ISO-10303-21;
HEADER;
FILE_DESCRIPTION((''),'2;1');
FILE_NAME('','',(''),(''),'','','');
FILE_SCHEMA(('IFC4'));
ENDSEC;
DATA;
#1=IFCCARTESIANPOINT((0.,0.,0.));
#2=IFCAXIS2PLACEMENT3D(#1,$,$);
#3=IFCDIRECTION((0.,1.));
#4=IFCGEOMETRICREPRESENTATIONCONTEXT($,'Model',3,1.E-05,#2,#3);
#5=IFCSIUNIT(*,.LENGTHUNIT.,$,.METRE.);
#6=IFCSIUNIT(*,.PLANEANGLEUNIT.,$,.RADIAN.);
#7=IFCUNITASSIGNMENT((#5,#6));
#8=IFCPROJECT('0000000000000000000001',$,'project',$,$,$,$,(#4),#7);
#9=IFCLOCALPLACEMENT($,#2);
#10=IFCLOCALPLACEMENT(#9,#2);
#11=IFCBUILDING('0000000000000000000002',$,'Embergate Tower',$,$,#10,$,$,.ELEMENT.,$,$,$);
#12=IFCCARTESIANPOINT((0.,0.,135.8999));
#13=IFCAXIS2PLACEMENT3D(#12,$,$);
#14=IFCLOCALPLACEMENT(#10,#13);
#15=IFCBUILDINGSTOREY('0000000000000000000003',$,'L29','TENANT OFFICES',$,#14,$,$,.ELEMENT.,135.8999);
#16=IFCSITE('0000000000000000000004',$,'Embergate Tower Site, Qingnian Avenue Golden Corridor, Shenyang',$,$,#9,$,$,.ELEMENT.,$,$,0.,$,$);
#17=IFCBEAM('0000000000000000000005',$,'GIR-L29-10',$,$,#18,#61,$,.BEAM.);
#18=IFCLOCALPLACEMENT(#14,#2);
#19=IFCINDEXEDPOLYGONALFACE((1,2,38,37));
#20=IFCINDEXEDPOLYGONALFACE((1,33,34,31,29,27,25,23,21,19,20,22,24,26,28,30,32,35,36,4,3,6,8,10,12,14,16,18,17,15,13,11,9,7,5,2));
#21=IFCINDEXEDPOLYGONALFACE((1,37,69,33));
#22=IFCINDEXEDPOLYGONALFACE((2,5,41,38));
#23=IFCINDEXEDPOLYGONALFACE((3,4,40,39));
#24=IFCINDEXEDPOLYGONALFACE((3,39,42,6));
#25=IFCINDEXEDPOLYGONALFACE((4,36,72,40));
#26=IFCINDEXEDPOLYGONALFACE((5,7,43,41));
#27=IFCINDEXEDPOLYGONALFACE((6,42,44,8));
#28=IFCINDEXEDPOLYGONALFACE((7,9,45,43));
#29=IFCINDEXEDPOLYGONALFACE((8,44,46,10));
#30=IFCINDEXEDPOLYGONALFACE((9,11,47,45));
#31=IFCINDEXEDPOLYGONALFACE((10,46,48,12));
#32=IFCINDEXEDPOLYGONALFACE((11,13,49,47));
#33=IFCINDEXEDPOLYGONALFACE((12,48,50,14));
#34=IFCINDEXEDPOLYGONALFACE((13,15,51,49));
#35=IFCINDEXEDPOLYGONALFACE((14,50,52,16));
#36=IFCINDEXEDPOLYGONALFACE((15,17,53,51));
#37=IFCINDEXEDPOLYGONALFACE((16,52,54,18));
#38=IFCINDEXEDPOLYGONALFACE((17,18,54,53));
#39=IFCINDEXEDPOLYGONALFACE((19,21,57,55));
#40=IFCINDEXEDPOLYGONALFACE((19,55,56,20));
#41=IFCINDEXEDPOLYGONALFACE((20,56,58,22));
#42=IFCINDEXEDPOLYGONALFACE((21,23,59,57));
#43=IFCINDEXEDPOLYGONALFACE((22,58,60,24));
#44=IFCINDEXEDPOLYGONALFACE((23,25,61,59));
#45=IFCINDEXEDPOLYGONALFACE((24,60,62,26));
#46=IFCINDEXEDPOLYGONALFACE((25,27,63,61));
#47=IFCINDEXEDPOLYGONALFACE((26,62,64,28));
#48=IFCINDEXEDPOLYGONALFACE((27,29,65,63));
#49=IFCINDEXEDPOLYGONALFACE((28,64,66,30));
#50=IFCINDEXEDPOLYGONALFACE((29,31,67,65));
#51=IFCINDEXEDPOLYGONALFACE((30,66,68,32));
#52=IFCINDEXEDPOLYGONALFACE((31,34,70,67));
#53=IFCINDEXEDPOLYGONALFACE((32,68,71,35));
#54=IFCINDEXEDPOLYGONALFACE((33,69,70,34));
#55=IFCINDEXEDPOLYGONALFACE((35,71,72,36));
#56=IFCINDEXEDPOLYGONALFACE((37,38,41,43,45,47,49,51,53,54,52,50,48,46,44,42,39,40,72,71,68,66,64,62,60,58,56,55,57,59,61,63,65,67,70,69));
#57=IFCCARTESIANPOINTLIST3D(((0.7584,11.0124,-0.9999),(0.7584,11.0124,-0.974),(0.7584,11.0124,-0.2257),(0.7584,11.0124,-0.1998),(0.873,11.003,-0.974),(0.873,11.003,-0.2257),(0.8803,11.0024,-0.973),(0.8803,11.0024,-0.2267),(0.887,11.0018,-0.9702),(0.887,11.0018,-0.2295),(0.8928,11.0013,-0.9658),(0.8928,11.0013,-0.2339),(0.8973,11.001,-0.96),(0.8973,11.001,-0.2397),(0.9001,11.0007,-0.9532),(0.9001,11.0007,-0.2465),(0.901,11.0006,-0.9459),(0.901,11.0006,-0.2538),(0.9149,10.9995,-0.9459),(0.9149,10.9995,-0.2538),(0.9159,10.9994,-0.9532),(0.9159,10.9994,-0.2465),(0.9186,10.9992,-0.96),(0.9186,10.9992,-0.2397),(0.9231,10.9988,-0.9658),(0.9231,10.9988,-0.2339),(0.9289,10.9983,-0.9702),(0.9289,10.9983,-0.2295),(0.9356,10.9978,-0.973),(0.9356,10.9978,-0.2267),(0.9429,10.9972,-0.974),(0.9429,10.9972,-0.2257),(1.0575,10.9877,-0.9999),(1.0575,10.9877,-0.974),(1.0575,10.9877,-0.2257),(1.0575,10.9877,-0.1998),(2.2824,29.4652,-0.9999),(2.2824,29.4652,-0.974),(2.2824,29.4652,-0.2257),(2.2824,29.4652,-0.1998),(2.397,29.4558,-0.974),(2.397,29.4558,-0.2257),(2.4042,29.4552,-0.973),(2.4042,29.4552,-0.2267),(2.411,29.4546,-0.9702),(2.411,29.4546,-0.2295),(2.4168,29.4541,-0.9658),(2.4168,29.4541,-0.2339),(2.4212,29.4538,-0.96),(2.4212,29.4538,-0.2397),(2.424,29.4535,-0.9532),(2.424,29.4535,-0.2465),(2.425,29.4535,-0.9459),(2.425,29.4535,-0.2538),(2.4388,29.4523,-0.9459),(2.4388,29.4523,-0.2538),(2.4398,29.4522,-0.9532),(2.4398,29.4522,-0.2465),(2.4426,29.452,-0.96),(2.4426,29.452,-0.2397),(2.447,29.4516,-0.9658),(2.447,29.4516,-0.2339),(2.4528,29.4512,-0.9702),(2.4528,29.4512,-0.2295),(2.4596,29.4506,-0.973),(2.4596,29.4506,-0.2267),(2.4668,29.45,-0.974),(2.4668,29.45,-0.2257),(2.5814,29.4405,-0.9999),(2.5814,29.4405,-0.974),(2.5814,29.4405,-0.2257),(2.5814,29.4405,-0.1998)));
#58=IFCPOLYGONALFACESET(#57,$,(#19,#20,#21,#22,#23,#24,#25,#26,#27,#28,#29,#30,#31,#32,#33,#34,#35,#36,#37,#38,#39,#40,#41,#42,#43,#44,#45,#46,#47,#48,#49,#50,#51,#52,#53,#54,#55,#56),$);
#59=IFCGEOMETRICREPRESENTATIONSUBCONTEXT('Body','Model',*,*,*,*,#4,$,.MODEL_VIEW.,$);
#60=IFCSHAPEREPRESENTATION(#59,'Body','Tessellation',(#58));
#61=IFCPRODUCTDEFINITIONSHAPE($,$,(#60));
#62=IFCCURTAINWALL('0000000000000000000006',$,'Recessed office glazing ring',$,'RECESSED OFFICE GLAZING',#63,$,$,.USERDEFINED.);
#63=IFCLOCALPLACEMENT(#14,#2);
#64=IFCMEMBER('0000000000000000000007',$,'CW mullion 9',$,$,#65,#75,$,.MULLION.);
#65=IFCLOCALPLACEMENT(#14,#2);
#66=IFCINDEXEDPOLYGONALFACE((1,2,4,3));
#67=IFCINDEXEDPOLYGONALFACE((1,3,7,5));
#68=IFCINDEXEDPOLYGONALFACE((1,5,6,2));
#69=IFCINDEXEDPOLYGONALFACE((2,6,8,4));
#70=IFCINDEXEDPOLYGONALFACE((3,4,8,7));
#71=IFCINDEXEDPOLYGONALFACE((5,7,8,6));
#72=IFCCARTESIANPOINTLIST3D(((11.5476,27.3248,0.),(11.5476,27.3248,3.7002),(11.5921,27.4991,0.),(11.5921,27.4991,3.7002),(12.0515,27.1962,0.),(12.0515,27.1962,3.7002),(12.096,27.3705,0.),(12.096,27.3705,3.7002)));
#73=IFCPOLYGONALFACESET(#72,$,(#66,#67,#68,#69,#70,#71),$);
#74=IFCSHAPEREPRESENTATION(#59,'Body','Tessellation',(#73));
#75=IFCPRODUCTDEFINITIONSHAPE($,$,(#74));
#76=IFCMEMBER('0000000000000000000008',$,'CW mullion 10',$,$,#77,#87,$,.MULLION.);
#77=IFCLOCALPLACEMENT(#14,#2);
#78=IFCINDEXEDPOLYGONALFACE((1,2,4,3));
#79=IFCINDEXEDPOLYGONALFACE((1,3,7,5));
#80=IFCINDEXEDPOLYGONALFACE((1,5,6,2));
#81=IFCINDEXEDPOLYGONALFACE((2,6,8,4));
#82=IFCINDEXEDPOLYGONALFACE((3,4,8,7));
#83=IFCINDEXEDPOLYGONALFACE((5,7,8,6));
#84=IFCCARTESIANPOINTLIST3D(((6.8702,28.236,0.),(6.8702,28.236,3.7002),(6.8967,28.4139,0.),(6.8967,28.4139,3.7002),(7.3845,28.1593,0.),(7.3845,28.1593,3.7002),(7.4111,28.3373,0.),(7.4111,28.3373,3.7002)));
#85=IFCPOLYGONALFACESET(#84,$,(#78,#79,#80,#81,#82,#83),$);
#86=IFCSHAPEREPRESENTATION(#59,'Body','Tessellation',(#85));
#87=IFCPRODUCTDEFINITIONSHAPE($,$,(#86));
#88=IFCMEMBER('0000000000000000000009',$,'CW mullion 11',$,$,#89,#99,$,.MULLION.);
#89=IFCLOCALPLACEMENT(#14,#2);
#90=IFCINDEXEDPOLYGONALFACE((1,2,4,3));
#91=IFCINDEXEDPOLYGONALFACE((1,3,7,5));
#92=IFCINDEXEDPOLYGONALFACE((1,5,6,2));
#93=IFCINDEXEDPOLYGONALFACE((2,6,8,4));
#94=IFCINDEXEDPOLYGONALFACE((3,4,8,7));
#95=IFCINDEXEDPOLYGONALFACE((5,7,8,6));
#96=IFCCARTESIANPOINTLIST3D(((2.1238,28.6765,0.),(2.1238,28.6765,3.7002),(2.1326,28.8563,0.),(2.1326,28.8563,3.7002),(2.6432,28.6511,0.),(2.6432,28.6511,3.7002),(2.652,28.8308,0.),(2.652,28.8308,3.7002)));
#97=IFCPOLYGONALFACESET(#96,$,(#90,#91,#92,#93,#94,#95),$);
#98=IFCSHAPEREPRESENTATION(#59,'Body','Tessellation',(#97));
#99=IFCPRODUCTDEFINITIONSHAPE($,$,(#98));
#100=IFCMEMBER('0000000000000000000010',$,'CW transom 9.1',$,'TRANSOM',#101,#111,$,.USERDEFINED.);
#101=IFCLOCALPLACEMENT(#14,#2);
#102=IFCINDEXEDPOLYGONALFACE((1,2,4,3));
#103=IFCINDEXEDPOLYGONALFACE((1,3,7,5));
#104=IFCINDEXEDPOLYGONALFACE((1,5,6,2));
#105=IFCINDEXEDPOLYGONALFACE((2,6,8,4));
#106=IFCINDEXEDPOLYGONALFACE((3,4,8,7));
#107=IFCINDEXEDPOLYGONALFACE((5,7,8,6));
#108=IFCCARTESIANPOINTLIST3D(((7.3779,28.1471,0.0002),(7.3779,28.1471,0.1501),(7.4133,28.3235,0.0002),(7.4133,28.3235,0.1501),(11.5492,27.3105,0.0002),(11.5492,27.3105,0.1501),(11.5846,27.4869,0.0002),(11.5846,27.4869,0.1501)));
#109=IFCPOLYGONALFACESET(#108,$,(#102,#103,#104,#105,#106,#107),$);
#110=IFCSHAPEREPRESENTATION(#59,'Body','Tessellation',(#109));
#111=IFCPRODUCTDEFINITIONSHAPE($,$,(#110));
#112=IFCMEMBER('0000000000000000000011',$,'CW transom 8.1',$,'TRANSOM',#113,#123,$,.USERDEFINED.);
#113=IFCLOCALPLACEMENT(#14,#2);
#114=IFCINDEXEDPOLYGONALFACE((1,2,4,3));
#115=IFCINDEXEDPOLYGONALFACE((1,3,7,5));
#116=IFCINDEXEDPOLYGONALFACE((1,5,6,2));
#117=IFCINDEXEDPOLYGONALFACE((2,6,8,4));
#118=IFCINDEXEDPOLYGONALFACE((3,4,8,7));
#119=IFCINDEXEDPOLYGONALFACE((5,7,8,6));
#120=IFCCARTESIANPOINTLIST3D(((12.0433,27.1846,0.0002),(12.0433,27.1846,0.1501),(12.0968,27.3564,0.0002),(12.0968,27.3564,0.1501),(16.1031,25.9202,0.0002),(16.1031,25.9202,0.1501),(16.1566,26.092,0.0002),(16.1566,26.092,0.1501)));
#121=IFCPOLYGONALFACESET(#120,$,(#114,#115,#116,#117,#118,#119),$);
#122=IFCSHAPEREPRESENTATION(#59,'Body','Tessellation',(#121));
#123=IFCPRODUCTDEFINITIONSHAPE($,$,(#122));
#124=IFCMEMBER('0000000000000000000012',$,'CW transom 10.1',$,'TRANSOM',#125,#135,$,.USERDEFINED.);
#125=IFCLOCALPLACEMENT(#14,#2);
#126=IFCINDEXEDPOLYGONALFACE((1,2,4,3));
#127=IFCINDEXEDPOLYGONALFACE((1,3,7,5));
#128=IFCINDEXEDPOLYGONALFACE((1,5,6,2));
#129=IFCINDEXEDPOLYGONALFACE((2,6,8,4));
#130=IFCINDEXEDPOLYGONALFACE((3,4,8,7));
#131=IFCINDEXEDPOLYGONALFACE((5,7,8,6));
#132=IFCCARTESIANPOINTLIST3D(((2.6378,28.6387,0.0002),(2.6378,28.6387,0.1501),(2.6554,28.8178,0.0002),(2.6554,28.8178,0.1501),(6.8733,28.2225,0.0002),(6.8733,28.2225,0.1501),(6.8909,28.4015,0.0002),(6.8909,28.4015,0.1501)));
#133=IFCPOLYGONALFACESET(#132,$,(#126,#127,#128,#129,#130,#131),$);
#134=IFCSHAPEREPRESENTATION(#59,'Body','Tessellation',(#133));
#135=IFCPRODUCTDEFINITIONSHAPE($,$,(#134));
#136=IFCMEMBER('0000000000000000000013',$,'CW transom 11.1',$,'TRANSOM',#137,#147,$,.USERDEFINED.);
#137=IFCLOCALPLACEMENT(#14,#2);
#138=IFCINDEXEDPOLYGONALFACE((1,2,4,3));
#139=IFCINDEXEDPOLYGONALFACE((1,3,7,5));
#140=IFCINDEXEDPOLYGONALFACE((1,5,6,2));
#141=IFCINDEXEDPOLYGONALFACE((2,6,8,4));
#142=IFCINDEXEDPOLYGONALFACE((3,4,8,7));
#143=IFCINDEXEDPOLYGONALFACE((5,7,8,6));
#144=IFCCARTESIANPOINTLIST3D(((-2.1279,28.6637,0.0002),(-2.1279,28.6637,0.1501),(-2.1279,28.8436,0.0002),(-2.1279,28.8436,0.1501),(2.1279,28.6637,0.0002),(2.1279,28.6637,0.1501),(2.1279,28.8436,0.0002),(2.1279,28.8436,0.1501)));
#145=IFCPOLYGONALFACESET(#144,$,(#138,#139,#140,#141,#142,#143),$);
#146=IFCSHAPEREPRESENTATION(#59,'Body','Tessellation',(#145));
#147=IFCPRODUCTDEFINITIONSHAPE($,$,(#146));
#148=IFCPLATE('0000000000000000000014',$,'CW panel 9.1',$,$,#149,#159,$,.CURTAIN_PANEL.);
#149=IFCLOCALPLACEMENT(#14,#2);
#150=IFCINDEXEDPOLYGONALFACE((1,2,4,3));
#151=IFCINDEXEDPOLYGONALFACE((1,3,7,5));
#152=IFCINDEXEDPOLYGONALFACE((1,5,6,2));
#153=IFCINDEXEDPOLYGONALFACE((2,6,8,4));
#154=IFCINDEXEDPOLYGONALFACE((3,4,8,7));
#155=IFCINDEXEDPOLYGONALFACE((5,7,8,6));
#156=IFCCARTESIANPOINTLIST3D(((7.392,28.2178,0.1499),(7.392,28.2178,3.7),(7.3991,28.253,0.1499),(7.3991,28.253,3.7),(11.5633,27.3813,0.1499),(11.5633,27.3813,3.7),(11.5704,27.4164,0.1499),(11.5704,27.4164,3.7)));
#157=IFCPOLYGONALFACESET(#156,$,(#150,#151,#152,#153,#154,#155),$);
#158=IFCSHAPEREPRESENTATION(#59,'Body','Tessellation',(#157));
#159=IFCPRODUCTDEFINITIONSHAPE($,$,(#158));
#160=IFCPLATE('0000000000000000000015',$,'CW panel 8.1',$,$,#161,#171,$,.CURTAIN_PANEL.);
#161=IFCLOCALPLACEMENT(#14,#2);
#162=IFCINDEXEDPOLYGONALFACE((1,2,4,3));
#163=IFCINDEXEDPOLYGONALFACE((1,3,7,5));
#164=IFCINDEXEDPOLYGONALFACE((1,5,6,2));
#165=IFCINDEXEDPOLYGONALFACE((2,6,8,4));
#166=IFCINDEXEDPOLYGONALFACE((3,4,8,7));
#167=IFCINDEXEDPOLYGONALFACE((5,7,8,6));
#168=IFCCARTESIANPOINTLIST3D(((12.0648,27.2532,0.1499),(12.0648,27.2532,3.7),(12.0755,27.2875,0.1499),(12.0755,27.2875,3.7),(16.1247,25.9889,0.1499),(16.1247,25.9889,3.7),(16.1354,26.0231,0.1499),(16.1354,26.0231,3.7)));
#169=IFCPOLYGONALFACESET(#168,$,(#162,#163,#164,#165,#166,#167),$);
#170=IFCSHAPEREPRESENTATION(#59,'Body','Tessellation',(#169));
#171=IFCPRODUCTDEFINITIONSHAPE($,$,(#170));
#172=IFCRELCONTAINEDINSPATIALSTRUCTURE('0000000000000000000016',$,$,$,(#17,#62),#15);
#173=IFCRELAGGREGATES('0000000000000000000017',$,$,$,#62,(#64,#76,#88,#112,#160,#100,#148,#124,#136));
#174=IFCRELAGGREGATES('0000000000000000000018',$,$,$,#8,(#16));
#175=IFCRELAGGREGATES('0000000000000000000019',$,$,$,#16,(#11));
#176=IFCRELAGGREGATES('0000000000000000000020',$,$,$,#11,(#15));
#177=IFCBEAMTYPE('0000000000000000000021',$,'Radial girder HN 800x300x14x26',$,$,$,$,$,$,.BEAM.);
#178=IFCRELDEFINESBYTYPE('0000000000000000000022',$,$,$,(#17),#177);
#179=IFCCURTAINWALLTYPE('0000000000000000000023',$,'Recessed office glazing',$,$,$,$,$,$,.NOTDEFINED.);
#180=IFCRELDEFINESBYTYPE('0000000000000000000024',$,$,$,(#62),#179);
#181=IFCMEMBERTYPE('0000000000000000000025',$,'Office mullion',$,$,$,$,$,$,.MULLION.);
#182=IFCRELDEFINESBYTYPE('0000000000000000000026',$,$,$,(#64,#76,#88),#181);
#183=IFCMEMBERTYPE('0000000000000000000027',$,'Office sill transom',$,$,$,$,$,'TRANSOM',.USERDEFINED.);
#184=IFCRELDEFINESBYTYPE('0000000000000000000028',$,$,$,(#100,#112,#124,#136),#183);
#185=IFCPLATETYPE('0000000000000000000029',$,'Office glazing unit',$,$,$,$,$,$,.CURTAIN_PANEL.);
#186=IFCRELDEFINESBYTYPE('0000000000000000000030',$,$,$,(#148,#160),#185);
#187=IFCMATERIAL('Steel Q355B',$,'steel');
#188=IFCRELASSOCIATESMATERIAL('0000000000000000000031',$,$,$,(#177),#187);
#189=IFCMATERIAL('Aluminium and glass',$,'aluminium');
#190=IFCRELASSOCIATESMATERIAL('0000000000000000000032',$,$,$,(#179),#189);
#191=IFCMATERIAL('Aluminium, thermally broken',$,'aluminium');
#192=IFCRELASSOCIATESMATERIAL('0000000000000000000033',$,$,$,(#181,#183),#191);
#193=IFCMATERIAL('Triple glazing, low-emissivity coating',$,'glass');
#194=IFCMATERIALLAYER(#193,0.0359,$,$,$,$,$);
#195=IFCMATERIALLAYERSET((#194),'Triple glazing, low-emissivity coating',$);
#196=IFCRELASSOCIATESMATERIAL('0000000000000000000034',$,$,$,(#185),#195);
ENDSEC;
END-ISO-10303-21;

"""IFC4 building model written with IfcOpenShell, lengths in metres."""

from ifc_helpers import new_model, si_unit, direction, frame, origin, origin_2d, place, context, subcontext, project, spatial, rectangle, i_section, extrude, source, transform, mapped, material, layer, layer_set, material_profile, profile_set, type_object, element, aggregate, save


model = new_model("IFC4")

# Units and contexts
model_context = context("Model", 3, precision=1e-05, world=origin(), true_north=direction((0.0, 1.0)))
body_context = subcontext(model_context, "Body", "Model", "MODEL_VIEW")
ifc_project = project(units=[si_unit("LENGTHUNIT", "METRE"), si_unit("PLANEANGLEUNIT", "RADIAN")], contexts=[model_context])

# Site, building, storey
site_placement = place(None, origin())
site = spatial("IfcSite", under=ifc_project, at=site_placement, Name="Embergate Tower Site, Qingnian Avenue Golden Corridor, Shenyang", CompositionType="ELEMENT", RefElevation=0.0)
building_placement = place(site_placement, origin())
building = spatial("IfcBuilding", under=site, at=building_placement, Name="Embergate Tower", CompositionType="ELEMENT")
storey_placement = place(building_placement, frame((0.0, 0.0, 135.8999)))
storey = spatial("IfcBuildingStorey", under=building, at=storey_placement, Name="L29", Description="TENANT OFFICES", CompositionType="ELEMENT", Elevation=135.8999)

# Beam
ifc_material_1 = material(Name="Steel Q355B", Category="steel")
ifc_material_profile_1 = material_profile(ifc_material_1, i_section(OverallWidth=0.3, OverallDepth=0.8, WebThickness=0.0139, FlangeThickness=0.0259, FilletRadius=0.0281, at=origin_2d()), Name="HN 800x300x14x26")
ifc_profile_set_1 = profile_set([ifc_material_profile_1], Name="Steel Q355 grade B")
beam_type_1 = type_object("IfcBeamType", Name="Radial girder HN 800x300x14x26", PredefinedType="BEAM", material=ifc_profile_set_1)
shared_shape_1 = source(origin(), body_context, "Body", "SweptSolid", [
    extrude(i_section(OverallWidth=0.3, OverallDepth=0.8, WebThickness=0.0139, FlangeThickness=0.0259, FilletRadius=0.0281, at=origin_2d()), origin(), (0.0, 0.0, 1.0), 18.5156),
])
beam_1_placement = place(storey_placement, frame((2.4319, 29.4529, -0.5999), z_axis=(-0.082305, -0.996607, 0.0), x_axis=(0.996607, -0.082305, 0.0)))
element("IfcBeam", 1, at=beam_1_placement, inside=storey, type_object=beam_type_1, Name="GIR-L29-10", PredefinedType="BEAM", context=body_context, shape_type="MappedRepresentation", body=[
    mapped(shared_shape_1, transform((0.0, 0.0, 0.0))),
])

# Curtain wall, members, plates
ifc_material_2 = material(Name="Aluminium and glass", Category="aluminium")
curtain_wall_type = type_object("IfcCurtainWallType", Name="Recessed office glazing", PredefinedType="NOTDEFINED", material=ifc_material_2)
curtain_wall_placement = place(storey_placement, origin())
curtain_wall = element("IfcCurtainWall", 2, at=curtain_wall_placement, inside=storey, type_object=curtain_wall_type, Name="Recessed office glazing ring", ObjectType="RECESSED OFFICE GLAZING", PredefinedType="USERDEFINED")
ifc_material_3 = material(Name="Aluminium, thermally broken", Category="aluminium")
ifc_material_profile_2 = material_profile(ifc_material_3, rectangle(XDim=0.1799, YDim=0.52, at=origin_2d()), Name="AL 520x180")
ifc_profile_set_2 = profile_set([ifc_material_profile_2], Name="Aluminium, thermally broken")
member_type_1 = type_object("IfcMemberType", Name="Office mullion", PredefinedType="MULLION", material=ifc_profile_set_2)
shared_shape_2 = source(origin(), body_context, "Body", "SweptSolid", [
    extrude(rectangle(XDim=0.1799, YDim=0.52, at=origin_2d()), origin(), (0.0, 0.0, 1.0), 3.7002),
])
member_1_placement = place(storey_placement, frame((11.8218, 27.3477, 0.0), z_axis=(0.0, 0.0, 1.0), x_axis=(-0.24731, -0.968936, 0.0)))
member_1 = element("IfcMember", 3, at=member_1_placement, type_object=member_type_1, Name="CW mullion 9", PredefinedType="MULLION", context=body_context, shape_type="MappedRepresentation", body=[
    mapped(shared_shape_2, transform((0.0, 0.0, 0.0))),
])
member_2_placement = place(storey_placement, frame((7.1406, 28.2866, 0.0), z_axis=(0.0, 0.0, 1.0), x_axis=(-0.147411, -0.989075, 0.0)))
member_2 = element("IfcMember", 4, at=member_2_placement, type_object=member_type_1, Name="CW mullion 10", PredefinedType="MULLION", context=body_context, shape_type="MappedRepresentation", body=[
    mapped(shared_shape_2, transform((0.0, 0.0, 0.0))),
])
member_3_placement = place(storey_placement, frame((2.3879, 28.7537, 0.0), z_axis=(0.0, 0.0, 1.0), x_axis=(-0.048972, -0.9988, 0.0)))
member_3 = element("IfcMember", 5, at=member_3_placement, type_object=member_type_1, Name="CW mullion 11", PredefinedType="MULLION", context=body_context, shape_type="MappedRepresentation", body=[
    mapped(shared_shape_2, transform((0.0, 0.0, 0.0))),
])
ifc_material_profile_3 = material_profile(ifc_material_3, rectangle(XDim=0.1799, YDim=0.1499, at=origin_2d()), Name="AL 150x180")
ifc_profile_set_3 = profile_set([ifc_material_profile_3], Name="Aluminium, thermally broken")
member_type_2 = type_object("IfcMemberType", Name="Office sill transom", ElementType="TRANSOM", PredefinedType="USERDEFINED", material=ifc_profile_set_3)
shared_shape_3 = source(origin(), body_context, "Body", "SweptSolid", [
    extrude(rectangle(XDim=0.1799, YDim=0.1499, at=origin_2d()), origin(), (0.0, 0.0, 1.0), 4.2544),
])
member_4_placement = place(storey_placement, frame((11.5669, 27.3987, 0.0752), z_axis=(-0.980472, 0.196657, 0.0), x_axis=(-0.196657, -0.980472, 0.0)))
member_4 = element("IfcMember", 6, at=member_4_placement, type_object=member_type_2, Name="CW transom 9.1", ObjectType="TRANSOM", PredefinedType="USERDEFINED", context=body_context, shape_type="MappedRepresentation", body=[
    mapped(shared_shape_3, transform((0.0, 0.0, 0.0))),
])
shared_shape_4 = source(origin(), body_context, "Body", "SweptSolid", [
    extrude(rectangle(XDim=0.1799, YDim=0.1499, at=origin_2d()), origin(), (0.0, 0.0, 1.0), 4.2522),
])
member_5_placement = place(storey_placement, frame((16.1299, 26.0061, 0.0752), z_axis=(-0.954767, 0.297356, 0.0), x_axis=(-0.297356, -0.954767, 0.0)))
member_5 = element("IfcMember", 7, at=member_5_placement, type_object=member_type_2, Name="CW transom 8.1", ObjectType="TRANSOM", PredefinedType="USERDEFINED", context=body_context, shape_type="MappedRepresentation", body=[
    mapped(shared_shape_4, transform((0.0, 0.0, 0.0))),
])
shared_shape_5 = source(origin(), body_context, "Body", "SweptSolid", [
    extrude(rectangle(XDim=0.1799, YDim=0.1499, at=origin_2d()), origin(), (0.0, 0.0, 1.0), 4.2559),
])
member_6_placement = place(storey_placement, frame((6.8821, 28.312, 0.0752), z_axis=(-0.995205, 0.097811, 0.0), x_axis=(-0.097811, -0.995205, 0.0)))
member_6 = element("IfcMember", 8, at=member_6_placement, type_object=member_type_2, Name="CW transom 10.1", ObjectType="TRANSOM", PredefinedType="USERDEFINED", context=body_context, shape_type="MappedRepresentation", body=[
    mapped(shared_shape_5, transform((0.0, 0.0, 0.0))),
])
member_7_placement = place(storey_placement, frame((2.1279, 28.7537, 0.0752), z_axis=(-1.0, 0.0, 0.0), x_axis=(0.0, -1.0, 0.0)))
member_7 = element("IfcMember", 9, at=member_7_placement, type_object=member_type_2, Name="CW transom 11.1", ObjectType="TRANSOM", PredefinedType="USERDEFINED", context=body_context, shape_type="MappedRepresentation", body=[
    mapped(shared_shape_5, transform((0.0, 0.0, 0.0))),
])
ifc_material_4 = material(Name="Triple glazing, low-emissivity coating", Category="glass")
ifc_layer_1 = layer(ifc_material_4, 0.0359)
ifc_layer_set_1 = layer_set([ifc_layer_1], Name="Triple glazing, low-emissivity coating")
plate_type = type_object("IfcPlateType", Name="Office glazing unit", PredefinedType="CURTAIN_PANEL", material=ifc_layer_set_1)
shared_shape_6 = source(origin(), body_context, "Body", "SweptSolid", [
    extrude(rectangle(XDim=4.2544, YDim=0.0359, at=origin_2d()), origin(), (0.0, 0.0, 1.0), 3.55),
])
plate_1_placement = place(storey_placement, frame((9.4812, 27.8171, 0.1499), z_axis=(0.0, 0.0, 1.0), x_axis=(-0.980476, 0.196638, 0.0)))
plate_1 = element("IfcPlate", 10, at=plate_1_placement, type_object=plate_type, Name="CW panel 9.1", PredefinedType="CURTAIN_PANEL", context=body_context, shape_type="MappedRepresentation", body=[
    mapped(shared_shape_6, transform((0.0, 0.0, 0.0))),
])
shared_shape_7 = source(origin(), body_context, "Body", "SweptSolid", [
    extrude(rectangle(XDim=4.2522, YDim=0.0359, at=origin_2d()), origin(), (0.0, 0.0, 1.0), 3.55),
])
plate_2_placement = place(storey_placement, frame((14.1001, 26.6382, 0.1499), z_axis=(0.0, 0.0, 1.0), x_axis=(-0.954773, 0.297337, 0.0)))
plate_2 = element("IfcPlate", 11, at=plate_2_placement, type_object=plate_type, Name="CW panel 8.1", PredefinedType="CURTAIN_PANEL", context=body_context, shape_type="MappedRepresentation", body=[
    mapped(shared_shape_7, transform((0.0, 0.0, 0.0))),
])
aggregate(curtain_wall, [member_1, member_2, member_3, member_5, plate_2, member_4, plate_1, member_6, member_7])

save(model, "model.ifc")
